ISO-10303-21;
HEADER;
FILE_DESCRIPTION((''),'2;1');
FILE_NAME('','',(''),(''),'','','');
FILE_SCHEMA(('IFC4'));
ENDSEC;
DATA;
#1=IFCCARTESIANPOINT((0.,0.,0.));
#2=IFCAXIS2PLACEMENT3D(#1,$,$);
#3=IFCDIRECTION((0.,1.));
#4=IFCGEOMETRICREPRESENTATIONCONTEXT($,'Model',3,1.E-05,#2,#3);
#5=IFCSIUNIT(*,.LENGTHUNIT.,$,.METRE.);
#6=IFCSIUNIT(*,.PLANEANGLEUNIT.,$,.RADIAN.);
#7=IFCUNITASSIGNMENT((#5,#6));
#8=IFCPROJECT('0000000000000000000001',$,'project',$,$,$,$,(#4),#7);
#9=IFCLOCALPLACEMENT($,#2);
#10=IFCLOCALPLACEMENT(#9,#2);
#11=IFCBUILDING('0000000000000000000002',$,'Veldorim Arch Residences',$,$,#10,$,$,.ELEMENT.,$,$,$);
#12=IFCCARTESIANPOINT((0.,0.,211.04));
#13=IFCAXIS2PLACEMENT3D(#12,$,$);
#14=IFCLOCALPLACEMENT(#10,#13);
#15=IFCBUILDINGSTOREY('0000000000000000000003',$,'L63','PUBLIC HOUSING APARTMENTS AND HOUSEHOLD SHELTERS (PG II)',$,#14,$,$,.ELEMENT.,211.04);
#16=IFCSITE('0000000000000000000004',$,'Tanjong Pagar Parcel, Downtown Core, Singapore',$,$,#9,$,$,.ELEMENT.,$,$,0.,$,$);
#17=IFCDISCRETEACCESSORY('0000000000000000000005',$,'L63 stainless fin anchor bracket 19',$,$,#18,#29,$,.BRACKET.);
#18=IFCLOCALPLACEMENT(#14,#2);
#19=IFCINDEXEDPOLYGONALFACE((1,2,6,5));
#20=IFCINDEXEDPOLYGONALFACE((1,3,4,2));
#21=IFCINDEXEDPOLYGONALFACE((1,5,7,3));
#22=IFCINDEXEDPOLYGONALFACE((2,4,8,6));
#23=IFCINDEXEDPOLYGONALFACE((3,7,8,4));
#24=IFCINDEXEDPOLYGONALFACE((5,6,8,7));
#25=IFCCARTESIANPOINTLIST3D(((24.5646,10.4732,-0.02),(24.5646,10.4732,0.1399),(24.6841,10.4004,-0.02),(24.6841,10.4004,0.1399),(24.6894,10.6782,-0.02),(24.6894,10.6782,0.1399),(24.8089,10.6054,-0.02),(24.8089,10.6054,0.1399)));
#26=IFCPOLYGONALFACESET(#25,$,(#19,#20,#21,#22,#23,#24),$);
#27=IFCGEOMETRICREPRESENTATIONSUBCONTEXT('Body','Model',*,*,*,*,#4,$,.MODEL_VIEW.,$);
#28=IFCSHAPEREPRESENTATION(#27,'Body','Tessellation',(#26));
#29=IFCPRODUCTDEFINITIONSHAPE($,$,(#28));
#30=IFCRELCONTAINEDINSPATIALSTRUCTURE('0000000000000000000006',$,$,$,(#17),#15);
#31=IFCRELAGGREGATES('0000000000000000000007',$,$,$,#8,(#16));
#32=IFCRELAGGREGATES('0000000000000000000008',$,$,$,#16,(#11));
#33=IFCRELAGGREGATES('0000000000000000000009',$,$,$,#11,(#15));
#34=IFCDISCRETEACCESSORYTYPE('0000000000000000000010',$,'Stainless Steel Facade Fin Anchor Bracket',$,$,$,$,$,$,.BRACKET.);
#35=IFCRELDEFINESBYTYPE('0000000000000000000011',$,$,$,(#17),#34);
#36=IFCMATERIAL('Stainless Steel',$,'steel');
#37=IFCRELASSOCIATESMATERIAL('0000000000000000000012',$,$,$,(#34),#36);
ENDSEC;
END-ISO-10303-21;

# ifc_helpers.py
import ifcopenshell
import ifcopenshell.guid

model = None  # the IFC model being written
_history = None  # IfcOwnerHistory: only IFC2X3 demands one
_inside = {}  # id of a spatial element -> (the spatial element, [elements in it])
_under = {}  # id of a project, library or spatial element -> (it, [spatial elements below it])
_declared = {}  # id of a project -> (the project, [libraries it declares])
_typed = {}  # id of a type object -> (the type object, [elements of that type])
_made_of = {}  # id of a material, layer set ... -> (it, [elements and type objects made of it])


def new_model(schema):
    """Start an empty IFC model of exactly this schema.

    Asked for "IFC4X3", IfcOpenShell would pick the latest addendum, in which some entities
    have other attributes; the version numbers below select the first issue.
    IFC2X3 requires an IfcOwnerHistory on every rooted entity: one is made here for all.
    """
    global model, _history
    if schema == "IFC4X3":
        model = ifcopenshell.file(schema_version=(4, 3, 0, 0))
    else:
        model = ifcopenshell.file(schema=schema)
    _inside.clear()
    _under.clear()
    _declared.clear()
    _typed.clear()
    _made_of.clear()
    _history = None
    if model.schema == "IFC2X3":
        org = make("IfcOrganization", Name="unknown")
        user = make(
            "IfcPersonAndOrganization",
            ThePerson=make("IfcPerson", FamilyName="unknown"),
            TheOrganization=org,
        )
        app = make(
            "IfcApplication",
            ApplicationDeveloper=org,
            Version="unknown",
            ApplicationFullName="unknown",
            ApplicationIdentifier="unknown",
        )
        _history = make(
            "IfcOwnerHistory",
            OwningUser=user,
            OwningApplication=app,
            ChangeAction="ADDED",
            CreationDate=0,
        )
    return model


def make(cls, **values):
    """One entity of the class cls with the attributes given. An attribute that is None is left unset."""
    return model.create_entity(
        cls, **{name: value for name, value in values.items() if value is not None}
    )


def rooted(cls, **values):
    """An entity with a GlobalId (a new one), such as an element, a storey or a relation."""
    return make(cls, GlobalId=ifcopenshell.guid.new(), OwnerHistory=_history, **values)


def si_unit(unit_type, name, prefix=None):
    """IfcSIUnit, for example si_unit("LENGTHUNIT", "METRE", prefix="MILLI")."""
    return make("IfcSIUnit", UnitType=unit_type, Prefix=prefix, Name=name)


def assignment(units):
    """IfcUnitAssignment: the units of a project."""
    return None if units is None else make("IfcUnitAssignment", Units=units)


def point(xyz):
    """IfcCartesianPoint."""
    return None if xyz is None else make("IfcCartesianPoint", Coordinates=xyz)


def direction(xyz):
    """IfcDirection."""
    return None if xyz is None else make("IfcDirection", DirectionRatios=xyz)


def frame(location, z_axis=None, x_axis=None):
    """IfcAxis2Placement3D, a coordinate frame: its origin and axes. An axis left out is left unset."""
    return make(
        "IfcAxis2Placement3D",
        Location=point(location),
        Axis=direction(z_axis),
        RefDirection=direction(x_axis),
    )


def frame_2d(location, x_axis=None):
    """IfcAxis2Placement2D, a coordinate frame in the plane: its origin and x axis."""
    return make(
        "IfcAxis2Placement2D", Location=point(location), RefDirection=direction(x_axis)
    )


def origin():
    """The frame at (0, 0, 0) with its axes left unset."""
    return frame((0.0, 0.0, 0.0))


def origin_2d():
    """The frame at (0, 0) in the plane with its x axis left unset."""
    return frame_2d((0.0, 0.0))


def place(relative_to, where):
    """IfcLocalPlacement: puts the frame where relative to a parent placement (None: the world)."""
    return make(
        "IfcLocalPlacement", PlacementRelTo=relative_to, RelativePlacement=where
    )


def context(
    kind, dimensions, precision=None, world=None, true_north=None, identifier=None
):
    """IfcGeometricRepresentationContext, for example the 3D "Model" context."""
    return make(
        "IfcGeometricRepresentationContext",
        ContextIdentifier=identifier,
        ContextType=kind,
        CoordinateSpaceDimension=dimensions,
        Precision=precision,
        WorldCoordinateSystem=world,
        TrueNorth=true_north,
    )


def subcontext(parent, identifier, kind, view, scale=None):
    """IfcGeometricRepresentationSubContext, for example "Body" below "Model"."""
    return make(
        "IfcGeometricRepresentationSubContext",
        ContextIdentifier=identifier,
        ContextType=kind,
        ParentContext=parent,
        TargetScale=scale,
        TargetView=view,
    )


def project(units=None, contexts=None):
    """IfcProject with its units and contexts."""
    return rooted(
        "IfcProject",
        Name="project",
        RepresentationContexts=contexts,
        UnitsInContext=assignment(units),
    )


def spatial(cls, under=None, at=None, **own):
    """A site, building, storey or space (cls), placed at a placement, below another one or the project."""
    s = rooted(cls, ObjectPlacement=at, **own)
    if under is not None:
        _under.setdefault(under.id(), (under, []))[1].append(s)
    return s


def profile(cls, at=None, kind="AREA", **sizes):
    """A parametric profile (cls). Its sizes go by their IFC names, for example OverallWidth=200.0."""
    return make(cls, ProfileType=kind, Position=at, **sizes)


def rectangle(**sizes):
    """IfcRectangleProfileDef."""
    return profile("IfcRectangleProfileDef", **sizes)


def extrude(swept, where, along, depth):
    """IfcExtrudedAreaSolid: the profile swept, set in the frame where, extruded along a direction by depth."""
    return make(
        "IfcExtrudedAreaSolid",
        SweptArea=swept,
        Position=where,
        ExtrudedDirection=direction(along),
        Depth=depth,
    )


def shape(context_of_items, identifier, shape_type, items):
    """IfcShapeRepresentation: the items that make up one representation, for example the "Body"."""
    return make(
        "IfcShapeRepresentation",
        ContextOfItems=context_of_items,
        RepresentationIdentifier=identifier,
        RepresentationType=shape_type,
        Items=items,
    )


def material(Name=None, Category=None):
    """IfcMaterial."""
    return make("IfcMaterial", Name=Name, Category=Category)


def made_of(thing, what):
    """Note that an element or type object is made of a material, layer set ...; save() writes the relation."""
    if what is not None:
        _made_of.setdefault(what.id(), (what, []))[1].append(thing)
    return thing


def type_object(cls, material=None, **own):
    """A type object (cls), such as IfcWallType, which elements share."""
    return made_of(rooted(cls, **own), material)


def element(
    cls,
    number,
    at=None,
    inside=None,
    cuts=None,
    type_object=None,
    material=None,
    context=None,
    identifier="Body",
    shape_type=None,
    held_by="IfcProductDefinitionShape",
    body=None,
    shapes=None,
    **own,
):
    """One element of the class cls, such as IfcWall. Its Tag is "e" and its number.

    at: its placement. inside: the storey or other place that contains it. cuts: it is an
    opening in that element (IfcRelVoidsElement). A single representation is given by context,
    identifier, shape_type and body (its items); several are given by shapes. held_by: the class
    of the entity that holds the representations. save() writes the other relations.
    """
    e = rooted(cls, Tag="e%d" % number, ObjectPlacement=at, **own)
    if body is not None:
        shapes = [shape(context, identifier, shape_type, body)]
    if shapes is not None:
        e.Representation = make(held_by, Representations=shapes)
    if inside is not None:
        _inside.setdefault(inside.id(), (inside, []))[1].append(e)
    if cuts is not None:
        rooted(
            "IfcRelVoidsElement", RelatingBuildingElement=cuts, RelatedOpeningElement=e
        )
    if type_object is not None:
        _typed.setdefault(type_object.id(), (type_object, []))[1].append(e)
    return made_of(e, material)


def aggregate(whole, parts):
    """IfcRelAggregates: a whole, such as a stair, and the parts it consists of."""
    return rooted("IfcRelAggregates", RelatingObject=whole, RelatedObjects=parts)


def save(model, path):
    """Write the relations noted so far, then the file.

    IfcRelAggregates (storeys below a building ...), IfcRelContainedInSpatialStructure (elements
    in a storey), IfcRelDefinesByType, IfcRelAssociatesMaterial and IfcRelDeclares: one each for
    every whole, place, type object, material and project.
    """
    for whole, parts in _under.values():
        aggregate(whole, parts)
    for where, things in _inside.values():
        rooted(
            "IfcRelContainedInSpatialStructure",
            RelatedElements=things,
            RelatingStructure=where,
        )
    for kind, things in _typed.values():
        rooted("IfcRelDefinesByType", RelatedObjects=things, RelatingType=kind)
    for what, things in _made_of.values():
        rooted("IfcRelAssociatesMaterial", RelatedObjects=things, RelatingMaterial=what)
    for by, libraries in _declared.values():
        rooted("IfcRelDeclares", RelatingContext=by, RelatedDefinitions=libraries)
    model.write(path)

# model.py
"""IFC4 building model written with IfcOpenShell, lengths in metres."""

from ifc_helpers import new_model, si_unit, direction, frame, origin, origin_2d, place, context, subcontext, project, spatial, rectangle, extrude, material, type_object, element, save


model = new_model("IFC4")

# Units and contexts
model_context = context("Model", 3, precision=1e-05, world=origin(), true_north=direction((0.0, 1.0)))
body_context = subcontext(model_context, "Body", "Model", "MODEL_VIEW")
ifc_project = project(units=[si_unit("LENGTHUNIT", "METRE"), si_unit("PLANEANGLEUNIT", "RADIAN")], contexts=[model_context])

# Site, building, storey
site_placement = place(None, origin())
site = spatial("IfcSite", under=ifc_project, at=site_placement, Name="Tanjong Pagar Parcel, Downtown Core, Singapore", CompositionType="ELEMENT", RefElevation=0.0)
building_placement = place(site_placement, origin())
building = spatial("IfcBuilding", under=site, at=building_placement, Name="Veldorim Arch Residences", CompositionType="ELEMENT")
storey_placement = place(building_placement, frame((0.0, 0.0, 211.04)))
storey = spatial("IfcBuildingStorey", under=building, at=storey_placement, Name="L63", Description="PUBLIC HOUSING APARTMENTS AND HOUSEHOLD SHELTERS (PG II)", CompositionType="ELEMENT", Elevation=211.04)

# Discrete accessory
ifc_material_1 = material(Name="Stainless Steel", Category="steel")
discrete_accessory_type = type_object("IfcDiscreteAccessoryType", Name="Stainless Steel Facade Fin Anchor Bracket", PredefinedType="BRACKET", material=ifc_material_1)
discrete_accessory_placement = place(storey_placement, frame((24.6868, 10.5393, -0.02), z_axis=(0.0, 0.0, 1.0), x_axis=(-0.854187, 0.519966, 0.0)))
element("IfcDiscreteAccessory", 1, at=discrete_accessory_placement, inside=storey, type_object=discrete_accessory_type, Name="L63 stainless fin anchor bracket 19", PredefinedType="BRACKET", context=body_context, shape_type="SweptSolid", body=[
    extrude(rectangle(XDim=0.1399, YDim=0.24, at=origin_2d()), origin(), (0.0, 0.0, 1.0), 0.1599),
])

save(model, "model.ifc")
